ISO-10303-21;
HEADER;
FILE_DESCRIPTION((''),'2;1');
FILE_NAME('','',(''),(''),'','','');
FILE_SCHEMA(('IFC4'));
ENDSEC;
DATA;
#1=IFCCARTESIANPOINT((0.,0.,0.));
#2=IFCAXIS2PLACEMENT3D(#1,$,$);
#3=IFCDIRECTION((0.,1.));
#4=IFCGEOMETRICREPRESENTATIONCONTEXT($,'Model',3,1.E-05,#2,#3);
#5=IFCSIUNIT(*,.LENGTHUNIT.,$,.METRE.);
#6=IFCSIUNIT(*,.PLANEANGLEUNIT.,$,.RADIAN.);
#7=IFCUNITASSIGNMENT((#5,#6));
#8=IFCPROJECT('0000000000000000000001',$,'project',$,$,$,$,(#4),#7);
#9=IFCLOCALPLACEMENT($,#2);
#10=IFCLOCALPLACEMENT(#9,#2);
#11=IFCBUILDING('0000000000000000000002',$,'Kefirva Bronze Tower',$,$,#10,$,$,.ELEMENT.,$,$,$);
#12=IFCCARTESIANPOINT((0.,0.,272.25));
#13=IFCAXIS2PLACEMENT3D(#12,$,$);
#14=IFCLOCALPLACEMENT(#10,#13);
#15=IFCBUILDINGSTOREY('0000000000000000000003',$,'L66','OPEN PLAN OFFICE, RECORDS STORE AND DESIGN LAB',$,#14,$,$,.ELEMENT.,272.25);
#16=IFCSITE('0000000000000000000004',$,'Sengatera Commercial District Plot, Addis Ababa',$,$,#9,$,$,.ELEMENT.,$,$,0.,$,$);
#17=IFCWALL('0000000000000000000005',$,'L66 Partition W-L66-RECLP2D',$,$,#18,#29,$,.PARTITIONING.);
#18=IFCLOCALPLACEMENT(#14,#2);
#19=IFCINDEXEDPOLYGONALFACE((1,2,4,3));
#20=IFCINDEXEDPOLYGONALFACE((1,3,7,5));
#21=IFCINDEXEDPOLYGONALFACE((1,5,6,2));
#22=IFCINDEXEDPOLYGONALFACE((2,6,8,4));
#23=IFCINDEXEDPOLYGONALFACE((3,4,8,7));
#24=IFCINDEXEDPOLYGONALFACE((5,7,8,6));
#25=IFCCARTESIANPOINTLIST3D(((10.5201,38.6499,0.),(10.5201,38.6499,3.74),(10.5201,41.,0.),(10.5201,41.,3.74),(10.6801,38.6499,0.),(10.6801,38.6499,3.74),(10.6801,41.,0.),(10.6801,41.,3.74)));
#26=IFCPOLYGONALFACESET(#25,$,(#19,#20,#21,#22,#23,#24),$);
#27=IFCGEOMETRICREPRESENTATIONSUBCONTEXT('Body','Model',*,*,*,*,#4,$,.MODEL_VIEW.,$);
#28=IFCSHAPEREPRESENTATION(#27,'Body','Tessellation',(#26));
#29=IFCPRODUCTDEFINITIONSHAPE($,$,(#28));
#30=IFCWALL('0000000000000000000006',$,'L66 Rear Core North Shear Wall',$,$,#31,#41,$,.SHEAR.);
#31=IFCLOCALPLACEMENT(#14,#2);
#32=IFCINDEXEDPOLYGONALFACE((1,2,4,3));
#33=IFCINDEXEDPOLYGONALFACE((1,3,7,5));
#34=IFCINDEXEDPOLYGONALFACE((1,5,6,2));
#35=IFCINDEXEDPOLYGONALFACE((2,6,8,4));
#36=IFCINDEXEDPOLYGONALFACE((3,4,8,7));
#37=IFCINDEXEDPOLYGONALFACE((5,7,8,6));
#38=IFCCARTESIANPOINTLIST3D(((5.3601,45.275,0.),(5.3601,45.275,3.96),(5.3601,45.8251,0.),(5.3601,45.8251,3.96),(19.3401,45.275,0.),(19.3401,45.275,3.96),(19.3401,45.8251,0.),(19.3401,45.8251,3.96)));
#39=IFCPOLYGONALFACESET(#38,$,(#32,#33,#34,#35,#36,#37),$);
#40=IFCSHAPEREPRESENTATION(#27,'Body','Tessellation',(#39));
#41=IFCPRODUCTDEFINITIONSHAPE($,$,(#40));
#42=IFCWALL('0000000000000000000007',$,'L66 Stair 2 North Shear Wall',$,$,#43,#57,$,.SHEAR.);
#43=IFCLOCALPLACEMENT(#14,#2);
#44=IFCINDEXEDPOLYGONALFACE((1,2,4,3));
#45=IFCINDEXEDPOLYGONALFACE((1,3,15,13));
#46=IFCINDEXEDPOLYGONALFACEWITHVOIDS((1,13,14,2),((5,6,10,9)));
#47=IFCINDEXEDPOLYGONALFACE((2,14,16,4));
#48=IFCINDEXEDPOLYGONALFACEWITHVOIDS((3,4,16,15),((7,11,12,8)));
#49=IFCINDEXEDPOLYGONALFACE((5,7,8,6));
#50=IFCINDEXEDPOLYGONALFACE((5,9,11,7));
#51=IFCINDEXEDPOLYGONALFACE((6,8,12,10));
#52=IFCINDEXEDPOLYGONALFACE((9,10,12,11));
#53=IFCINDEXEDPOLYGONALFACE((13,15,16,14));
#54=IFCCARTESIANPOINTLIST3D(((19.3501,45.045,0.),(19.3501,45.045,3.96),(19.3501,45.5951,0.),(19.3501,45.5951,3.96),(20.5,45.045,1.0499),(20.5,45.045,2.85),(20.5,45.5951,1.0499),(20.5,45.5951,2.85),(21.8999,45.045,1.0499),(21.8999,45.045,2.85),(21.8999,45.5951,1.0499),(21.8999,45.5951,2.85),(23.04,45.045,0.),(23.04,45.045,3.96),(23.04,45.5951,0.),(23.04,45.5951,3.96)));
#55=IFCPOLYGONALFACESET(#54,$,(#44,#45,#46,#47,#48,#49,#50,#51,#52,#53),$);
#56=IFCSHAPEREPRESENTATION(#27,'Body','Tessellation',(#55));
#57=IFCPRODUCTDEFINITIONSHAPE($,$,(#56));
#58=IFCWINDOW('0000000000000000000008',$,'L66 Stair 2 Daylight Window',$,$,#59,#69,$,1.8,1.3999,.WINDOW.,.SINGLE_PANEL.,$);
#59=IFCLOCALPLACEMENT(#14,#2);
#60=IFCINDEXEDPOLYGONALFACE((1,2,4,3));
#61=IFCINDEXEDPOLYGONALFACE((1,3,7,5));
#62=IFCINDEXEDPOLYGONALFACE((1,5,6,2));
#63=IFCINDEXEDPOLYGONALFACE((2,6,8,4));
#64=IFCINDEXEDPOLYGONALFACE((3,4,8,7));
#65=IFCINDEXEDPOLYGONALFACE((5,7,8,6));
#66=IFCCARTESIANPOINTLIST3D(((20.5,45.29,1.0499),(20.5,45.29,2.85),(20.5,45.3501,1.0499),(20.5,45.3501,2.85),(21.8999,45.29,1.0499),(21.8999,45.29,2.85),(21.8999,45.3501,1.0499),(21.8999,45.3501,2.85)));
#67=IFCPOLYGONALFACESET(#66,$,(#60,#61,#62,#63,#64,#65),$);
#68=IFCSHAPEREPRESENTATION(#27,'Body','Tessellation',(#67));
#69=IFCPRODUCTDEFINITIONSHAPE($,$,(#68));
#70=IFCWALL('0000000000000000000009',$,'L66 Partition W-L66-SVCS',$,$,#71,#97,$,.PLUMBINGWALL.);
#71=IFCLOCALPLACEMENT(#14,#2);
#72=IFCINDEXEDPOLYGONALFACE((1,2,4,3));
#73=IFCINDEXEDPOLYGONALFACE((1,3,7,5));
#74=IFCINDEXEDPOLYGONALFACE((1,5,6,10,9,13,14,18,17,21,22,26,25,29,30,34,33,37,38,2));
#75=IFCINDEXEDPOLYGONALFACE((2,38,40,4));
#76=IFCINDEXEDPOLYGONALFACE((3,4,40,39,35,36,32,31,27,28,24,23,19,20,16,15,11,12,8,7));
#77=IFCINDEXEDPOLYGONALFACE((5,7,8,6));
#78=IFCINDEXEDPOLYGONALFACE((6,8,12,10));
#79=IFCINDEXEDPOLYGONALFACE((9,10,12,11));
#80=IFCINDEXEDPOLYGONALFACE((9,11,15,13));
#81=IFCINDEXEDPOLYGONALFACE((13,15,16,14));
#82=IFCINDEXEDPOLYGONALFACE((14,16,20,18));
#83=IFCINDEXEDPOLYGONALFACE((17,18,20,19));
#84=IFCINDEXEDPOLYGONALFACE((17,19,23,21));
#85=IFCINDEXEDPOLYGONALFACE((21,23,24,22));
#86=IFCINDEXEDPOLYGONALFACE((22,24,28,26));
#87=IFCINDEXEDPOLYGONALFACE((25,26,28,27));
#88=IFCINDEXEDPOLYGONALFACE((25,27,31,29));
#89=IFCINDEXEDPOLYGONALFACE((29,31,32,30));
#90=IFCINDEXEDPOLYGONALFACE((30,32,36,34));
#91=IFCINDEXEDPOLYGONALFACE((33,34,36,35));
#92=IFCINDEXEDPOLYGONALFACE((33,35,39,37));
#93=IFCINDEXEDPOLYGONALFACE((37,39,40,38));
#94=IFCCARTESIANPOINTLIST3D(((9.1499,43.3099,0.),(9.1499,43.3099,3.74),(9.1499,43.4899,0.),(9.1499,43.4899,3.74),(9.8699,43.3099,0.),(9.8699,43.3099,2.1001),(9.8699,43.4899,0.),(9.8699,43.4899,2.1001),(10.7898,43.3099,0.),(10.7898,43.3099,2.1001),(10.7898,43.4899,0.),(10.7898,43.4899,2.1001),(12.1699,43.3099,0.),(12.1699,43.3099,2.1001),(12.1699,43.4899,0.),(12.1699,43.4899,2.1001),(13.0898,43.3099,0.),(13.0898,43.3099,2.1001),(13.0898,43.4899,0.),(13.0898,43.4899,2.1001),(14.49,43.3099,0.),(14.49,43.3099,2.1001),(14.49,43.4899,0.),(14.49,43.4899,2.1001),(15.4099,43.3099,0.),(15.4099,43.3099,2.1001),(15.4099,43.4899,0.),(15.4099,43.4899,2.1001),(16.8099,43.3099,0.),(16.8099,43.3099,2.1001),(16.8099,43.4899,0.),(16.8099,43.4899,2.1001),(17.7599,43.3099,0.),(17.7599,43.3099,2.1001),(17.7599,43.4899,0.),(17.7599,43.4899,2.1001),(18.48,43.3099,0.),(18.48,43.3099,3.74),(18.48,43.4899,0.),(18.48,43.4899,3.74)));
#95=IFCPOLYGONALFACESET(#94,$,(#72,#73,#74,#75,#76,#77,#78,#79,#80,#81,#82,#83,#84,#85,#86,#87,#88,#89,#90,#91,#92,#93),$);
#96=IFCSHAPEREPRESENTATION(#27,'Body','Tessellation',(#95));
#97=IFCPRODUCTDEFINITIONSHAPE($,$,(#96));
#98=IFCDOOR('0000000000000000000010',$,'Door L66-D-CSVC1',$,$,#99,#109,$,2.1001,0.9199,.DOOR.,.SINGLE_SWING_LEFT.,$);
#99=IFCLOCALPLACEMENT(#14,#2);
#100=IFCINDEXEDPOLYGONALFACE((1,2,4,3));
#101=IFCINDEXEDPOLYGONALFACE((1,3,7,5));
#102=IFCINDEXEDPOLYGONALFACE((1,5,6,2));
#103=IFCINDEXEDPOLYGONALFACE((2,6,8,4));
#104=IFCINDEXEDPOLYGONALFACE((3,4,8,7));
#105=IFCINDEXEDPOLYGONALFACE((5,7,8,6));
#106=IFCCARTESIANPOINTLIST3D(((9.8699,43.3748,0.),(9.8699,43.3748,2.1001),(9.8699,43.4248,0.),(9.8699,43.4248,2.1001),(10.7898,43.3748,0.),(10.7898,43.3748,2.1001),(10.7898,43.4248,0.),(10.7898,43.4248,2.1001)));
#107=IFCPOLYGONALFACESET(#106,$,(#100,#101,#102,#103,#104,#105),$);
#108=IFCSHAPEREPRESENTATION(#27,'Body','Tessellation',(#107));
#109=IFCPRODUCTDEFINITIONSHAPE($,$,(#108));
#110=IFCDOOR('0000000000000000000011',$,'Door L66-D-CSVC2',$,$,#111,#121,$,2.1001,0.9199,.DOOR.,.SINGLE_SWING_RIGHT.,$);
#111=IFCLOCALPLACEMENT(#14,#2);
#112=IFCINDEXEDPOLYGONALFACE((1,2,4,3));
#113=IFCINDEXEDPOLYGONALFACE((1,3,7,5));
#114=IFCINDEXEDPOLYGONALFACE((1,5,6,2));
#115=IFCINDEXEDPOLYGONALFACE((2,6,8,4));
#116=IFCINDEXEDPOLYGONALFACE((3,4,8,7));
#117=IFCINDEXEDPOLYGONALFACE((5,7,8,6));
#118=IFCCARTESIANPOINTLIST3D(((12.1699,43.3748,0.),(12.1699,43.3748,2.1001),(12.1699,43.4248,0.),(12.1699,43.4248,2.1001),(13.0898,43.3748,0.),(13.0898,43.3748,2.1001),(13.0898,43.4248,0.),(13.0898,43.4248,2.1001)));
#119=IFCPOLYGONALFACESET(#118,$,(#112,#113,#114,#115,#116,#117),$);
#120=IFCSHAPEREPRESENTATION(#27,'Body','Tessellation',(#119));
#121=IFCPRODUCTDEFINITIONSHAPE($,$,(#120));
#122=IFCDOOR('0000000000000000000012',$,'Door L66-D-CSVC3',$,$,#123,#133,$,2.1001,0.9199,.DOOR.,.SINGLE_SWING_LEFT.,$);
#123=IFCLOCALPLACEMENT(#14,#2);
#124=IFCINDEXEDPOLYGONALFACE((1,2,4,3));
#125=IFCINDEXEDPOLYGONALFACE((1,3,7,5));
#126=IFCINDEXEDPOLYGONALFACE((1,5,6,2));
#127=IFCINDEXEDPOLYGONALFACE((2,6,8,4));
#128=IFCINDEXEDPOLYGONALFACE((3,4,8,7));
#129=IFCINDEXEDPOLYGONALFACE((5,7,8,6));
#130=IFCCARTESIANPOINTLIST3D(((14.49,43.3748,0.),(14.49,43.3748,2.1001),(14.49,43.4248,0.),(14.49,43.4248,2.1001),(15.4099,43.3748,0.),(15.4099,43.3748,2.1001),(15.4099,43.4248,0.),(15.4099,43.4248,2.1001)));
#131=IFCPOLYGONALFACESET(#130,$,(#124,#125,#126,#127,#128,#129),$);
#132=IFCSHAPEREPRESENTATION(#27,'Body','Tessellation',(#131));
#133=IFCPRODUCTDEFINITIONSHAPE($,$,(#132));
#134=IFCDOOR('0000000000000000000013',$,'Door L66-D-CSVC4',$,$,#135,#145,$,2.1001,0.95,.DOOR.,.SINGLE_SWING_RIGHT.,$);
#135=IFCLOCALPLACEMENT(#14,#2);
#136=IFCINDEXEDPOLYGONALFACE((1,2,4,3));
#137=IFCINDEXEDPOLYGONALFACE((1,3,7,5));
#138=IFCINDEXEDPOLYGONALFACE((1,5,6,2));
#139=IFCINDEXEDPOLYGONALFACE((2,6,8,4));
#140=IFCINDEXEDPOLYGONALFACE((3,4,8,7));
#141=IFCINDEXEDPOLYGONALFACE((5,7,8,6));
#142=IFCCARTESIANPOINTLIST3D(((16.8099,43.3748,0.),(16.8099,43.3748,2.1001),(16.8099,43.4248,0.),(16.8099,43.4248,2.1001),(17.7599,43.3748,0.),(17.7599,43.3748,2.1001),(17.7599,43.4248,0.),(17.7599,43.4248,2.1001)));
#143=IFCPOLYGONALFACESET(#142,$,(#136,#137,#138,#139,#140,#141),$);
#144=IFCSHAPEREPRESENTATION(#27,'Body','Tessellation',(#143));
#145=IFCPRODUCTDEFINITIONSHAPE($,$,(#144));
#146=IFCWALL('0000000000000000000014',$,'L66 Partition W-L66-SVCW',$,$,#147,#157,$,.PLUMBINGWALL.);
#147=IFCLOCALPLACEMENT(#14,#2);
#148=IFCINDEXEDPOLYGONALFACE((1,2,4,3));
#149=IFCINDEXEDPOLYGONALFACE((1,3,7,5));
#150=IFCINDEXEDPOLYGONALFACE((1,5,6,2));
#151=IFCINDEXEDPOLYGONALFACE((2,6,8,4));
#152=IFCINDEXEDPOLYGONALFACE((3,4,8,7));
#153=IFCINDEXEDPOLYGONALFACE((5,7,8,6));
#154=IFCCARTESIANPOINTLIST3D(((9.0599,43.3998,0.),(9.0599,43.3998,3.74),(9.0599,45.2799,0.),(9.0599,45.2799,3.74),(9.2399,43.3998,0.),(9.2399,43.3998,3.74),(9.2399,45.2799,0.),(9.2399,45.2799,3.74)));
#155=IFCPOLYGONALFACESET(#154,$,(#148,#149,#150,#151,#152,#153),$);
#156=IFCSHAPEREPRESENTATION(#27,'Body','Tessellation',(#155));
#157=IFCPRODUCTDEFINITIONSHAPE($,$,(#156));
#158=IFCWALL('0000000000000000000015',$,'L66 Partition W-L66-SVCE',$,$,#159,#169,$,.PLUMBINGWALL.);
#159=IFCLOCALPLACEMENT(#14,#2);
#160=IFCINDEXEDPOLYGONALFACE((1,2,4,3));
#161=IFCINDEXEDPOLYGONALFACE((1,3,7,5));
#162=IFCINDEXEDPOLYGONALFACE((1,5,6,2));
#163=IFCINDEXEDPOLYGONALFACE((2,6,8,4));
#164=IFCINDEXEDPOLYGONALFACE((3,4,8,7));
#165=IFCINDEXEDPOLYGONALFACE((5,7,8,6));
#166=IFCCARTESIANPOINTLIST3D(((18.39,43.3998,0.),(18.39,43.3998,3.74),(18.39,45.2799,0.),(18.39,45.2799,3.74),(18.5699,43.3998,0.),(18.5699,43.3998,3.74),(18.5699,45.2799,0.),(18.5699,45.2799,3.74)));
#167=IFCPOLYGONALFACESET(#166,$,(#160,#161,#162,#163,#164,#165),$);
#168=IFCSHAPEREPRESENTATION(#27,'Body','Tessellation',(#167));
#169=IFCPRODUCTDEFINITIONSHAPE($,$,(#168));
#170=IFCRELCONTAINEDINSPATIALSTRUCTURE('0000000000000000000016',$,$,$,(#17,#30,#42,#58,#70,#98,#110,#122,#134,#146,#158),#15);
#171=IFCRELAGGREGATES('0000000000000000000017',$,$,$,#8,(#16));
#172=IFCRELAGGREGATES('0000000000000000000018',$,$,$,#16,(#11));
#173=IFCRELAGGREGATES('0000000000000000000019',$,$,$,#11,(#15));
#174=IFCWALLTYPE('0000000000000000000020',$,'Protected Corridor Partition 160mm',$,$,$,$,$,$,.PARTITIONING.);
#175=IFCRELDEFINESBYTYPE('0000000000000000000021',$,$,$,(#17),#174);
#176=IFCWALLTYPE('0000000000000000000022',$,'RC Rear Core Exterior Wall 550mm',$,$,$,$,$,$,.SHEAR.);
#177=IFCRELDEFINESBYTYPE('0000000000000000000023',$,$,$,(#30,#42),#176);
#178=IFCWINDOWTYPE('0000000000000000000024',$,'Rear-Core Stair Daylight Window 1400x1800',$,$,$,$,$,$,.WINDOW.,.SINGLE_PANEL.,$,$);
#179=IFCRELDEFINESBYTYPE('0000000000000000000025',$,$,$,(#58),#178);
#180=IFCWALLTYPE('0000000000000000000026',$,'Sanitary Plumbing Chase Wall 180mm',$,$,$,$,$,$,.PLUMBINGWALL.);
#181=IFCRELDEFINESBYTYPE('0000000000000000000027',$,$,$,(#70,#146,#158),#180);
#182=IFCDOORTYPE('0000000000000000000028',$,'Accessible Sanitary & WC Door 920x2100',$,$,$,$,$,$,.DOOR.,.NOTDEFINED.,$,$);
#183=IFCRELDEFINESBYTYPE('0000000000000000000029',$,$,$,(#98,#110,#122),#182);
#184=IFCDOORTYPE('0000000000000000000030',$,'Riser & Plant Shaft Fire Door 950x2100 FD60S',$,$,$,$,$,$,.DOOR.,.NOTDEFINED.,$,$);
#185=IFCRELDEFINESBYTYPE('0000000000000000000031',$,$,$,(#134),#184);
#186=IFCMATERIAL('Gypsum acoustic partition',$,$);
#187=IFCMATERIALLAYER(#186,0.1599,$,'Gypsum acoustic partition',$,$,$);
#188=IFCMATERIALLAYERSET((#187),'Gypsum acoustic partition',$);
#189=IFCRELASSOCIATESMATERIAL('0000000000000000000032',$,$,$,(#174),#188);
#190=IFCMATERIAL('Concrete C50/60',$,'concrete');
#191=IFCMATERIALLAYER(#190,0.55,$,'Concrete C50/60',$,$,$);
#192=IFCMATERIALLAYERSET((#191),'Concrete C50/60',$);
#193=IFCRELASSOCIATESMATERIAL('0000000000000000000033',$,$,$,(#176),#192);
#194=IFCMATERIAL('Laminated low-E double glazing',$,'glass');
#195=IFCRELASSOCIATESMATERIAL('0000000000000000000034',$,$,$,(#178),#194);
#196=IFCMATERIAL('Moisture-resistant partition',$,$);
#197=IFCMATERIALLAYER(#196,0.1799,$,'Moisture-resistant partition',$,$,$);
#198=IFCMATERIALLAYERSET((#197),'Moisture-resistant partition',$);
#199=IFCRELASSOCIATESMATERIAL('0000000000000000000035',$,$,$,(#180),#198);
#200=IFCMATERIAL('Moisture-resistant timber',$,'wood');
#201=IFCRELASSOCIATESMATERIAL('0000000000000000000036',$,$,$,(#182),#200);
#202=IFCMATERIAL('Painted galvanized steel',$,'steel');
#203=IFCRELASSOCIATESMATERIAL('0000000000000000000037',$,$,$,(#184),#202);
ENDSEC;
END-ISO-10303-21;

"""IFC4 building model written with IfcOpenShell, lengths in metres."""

from ifc_helpers import new_model, si_unit, direction, frame, frame_2d, origin, place, context, subcontext, project, spatial, rectangle, extrude, material, layer, layer_set, type_object, element, fill, save


model = new_model("IFC4")

# Units and contexts
model_context = context("Model", 3, precision=1e-05, world=origin(), true_north=direction((0.0, 1.0)))
body_context = subcontext(model_context, "Body", "Model", "MODEL_VIEW")
ifc_project = project(units=[si_unit("LENGTHUNIT", "METRE"), si_unit("PLANEANGLEUNIT", "RADIAN")], contexts=[model_context])

# Site, building, storey
site_placement = place(None, origin())
site = spatial("IfcSite", under=ifc_project, at=site_placement, Name="Sengatera Commercial District Plot, Addis Ababa", CompositionType="ELEMENT", RefElevation=0.0)
building_placement = place(site_placement, origin())
building = spatial("IfcBuilding", under=site, at=building_placement, Name="Kefirva Bronze Tower", CompositionType="ELEMENT")
storey_placement = place(building_placement, frame((0.0, 0.0, 272.25)))
storey = spatial("IfcBuildingStorey", under=building, at=storey_placement, Name="L66", Description="OPEN PLAN OFFICE, RECORDS STORE AND DESIGN LAB", CompositionType="ELEMENT", Elevation=272.25)

# Shared definitions
ifc_material_1 = material(Name="Concrete C50/60", Category="concrete")

# Shared definitions
ifc_material_2 = material(Name="Gypsum acoustic partition")

# Walls
ifc_layer_1 = layer(ifc_material_2, 0.1599, Name="Gypsum acoustic partition")
ifc_layer_set_1 = layer_set([ifc_layer_1], Name="Gypsum acoustic partition")
wall_type_1 = type_object("IfcWallType", Name="Protected Corridor Partition 160mm", PredefinedType="PARTITIONING", material=ifc_layer_set_1)
wall_1_placement = place(storey_placement, frame((10.6001, 38.6499, 0.0), z_axis=(0.0, 0.0, 1.0), x_axis=(0.0, 1.0, 0.0)))
element("IfcWall", 1, at=wall_1_placement, inside=storey, type_object=wall_type_1, Name="L66 Partition W-L66-RECLP2D", PredefinedType="PARTITIONING", context=body_context, shape_type="SweptSolid", body=[
    extrude(rectangle(XDim=2.3501, YDim=0.1599, at=frame_2d((1.175, 0.0))), origin(), (0.0, 0.0, 1.0), 3.74),
])
ifc_layer_2 = layer(ifc_material_1, 0.55, Name="Concrete C50/60")
ifc_layer_set_2 = layer_set([ifc_layer_2], Name="Concrete C50/60")
wall_type_2 = type_object("IfcWallType", Name="RC Rear Core Exterior Wall 550mm", PredefinedType="SHEAR", material=ifc_layer_set_2)
wall_2_placement = place(storey_placement, frame((5.3601, 45.55, 0.0), z_axis=(0.0, 0.0, 1.0), x_axis=(1.0, 0.0, 0.0)))
element("IfcWall", 2, at=wall_2_placement, inside=storey, type_object=wall_type_2, Name="L66 Rear Core North Shear Wall", PredefinedType="SHEAR", context=body_context, shape_type="SweptSolid", body=[
    extrude(rectangle(XDim=13.98, YDim=0.55, at=frame_2d((6.99, 0.0))), origin(), (0.0, 0.0, 1.0), 3.96),
])

# Wall, opening, window
wall_3_placement = place(storey_placement, frame((19.3501, 45.3201, 0.0), z_axis=(0.0, 0.0, 1.0), x_axis=(1.0, 0.0, 0.0)))
wall_3 = element("IfcWall", 3, at=wall_3_placement, inside=storey, type_object=wall_type_2, Name="L66 Stair 2 North Shear Wall", PredefinedType="SHEAR", context=body_context, shape_type="SweptSolid", body=[
    extrude(rectangle(XDim=3.6899, YDim=0.55, at=frame_2d((1.845, 0.0))), origin(), (0.0, 0.0, 1.0), 3.96),
])
opening_1_placement = place(wall_3_placement, frame((1.1499, 0.0, 1.05)))
opening_1 = element("IfcOpeningElement", 4, at=opening_1_placement, cuts=wall_3, PredefinedType="OPENING", context=body_context, shape_type="SweptSolid", body=[
    extrude(rectangle(XDim=1.3999, YDim=1.8, at=frame_2d((0.7, 0.8999))), frame((0.0, 0.2852, 0.0), z_axis=(0.0, -1.0, 0.0), x_axis=(1.0, 0.0, 0.0)), (0.0, 0.0, 1.0), 0.5701),
])
ifc_material_3 = material(Name="Laminated low-E double glazing", Category="glass")
window_type = type_object("IfcWindowType", Name="Rear-Core Stair Daylight Window 1400x1800", PartitioningType="SINGLE_PANEL", PredefinedType="WINDOW", material=ifc_material_3)
window_placement = place(opening_1_placement, origin())
window = element("IfcWindow", 5, at=window_placement, inside=storey, type_object=window_type, Name="L66 Stair 2 Daylight Window", OverallHeight=1.8, OverallWidth=1.3999, PartitioningType="SINGLE_PANEL", PredefinedType="WINDOW", context=body_context, shape_type="SweptSolid", body=[
    extrude(rectangle(XDim=1.3999, YDim=1.8, at=frame_2d((0.7, 0.8999))), frame((0.0, 0.03, 0.0), z_axis=(0.0, -1.0, 0.0), x_axis=(1.0, 0.0, 0.0)), (0.0, 0.0, 1.0), 0.0601),
])
fill(opening_1, window)

# Wall, openings, doors
ifc_material_4 = material(Name="Moisture-resistant partition")
ifc_layer_3 = layer(ifc_material_4, 0.1799, Name="Moisture-resistant partition")
ifc_layer_set_3 = layer_set([ifc_layer_3], Name="Moisture-resistant partition")
wall_type_3 = type_object("IfcWallType", Name="Sanitary Plumbing Chase Wall 180mm", PredefinedType="PLUMBINGWALL", material=ifc_layer_set_3)
wall_4_placement = place(storey_placement, frame((9.1499, 43.3999, 0.0), z_axis=(0.0, 0.0, 1.0), x_axis=(1.0, 0.0, 0.0)))
wall_4 = element("IfcWall", 6, at=wall_4_placement, inside=storey, type_object=wall_type_3, Name="L66 Partition W-L66-SVCS", PredefinedType="PLUMBINGWALL", context=body_context, shape_type="SweptSolid", body=[
    extrude(rectangle(XDim=9.3301, YDim=0.1799, at=frame_2d((4.665, 0.0))), origin(), (0.0, 0.0, 1.0), 3.74),
])
opening_2_placement = place(wall_4_placement, frame((0.72, 0.0, 0.0)))
opening_2 = element("IfcOpeningElement", 7, at=opening_2_placement, cuts=wall_4, PredefinedType="OPENING", context=body_context, shape_type="SweptSolid", body=[
    extrude(rectangle(XDim=0.9199, YDim=2.1001, at=frame_2d((0.46, 1.05))), frame((0.0, 0.1001, 0.0), z_axis=(0.0, -1.0, 0.0), x_axis=(1.0, 0.0, 0.0)), (0.0, 0.0, 1.0), 0.2),
])
opening_3_placement = place(wall_4_placement, frame((3.02, 0.0, 0.0)))
opening_3 = element("IfcOpeningElement", 8, at=opening_3_placement, cuts=wall_4, PredefinedType="OPENING", context=body_context, shape_type="SweptSolid", body=[
    extrude(rectangle(XDim=0.9199, YDim=2.1001, at=frame_2d((0.46, 1.05))), frame((0.0, 0.1001, 0.0), z_axis=(0.0, -1.0, 0.0), x_axis=(1.0, 0.0, 0.0)), (0.0, 0.0, 1.0), 0.2),
])
opening_4_placement = place(wall_4_placement, frame((5.3401, 0.0, 0.0)))
opening_4 = element("IfcOpeningElement", 9, at=opening_4_placement, cuts=wall_4, PredefinedType="OPENING", context=body_context, shape_type="SweptSolid", body=[
    extrude(rectangle(XDim=0.9199, YDim=2.1001, at=frame_2d((0.46, 1.05))), frame((0.0, 0.1001, 0.0), z_axis=(0.0, -1.0, 0.0), x_axis=(1.0, 0.0, 0.0)), (0.0, 0.0, 1.0), 0.2),
])
opening_5_placement = place(wall_4_placement, frame((7.6599, 0.0, 0.0)))
opening_5 = element("IfcOpeningElement", 10, at=opening_5_placement, cuts=wall_4, PredefinedType="OPENING", context=body_context, shape_type="SweptSolid", body=[
    extrude(rectangle(XDim=0.95, YDim=2.1001, at=frame_2d((0.4751, 1.05))), frame((0.0, 0.1001, 0.0), z_axis=(0.0, -1.0, 0.0), x_axis=(1.0, 0.0, 0.0)), (0.0, 0.0, 1.0), 0.2),
])
ifc_material_5 = material(Name="Moisture-resistant timber", Category="wood")
door_type_1 = type_object("IfcDoorType", Name="Accessible Sanitary & WC Door 920x2100", OperationType="NOTDEFINED", PredefinedType="DOOR", material=ifc_material_5)
door_1_placement = place(opening_2_placement, origin())
door_1 = element("IfcDoor", 11, at=door_1_placement, inside=storey, type_object=door_type_1, Name="Door L66-D-CSVC1", OperationType="SINGLE_SWING_LEFT", OverallHeight=2.1001, OverallWidth=0.9199, PredefinedType="DOOR", context=body_context, shape_type="SweptSolid", body=[
    extrude(rectangle(XDim=0.9199, YDim=2.1001, at=frame_2d((0.46, 1.05))), frame((0.0, 0.0249, 0.0), z_axis=(0.0, -1.0, 0.0), x_axis=(1.0, 0.0, 0.0)), (0.0, 0.0, 1.0), 0.05),
])
fill(opening_2, door_1)
door_2_placement = place(opening_3_placement, origin())
door_2 = element("IfcDoor", 12, at=door_2_placement, inside=storey, type_object=door_type_1, Name="Door L66-D-CSVC2", OperationType="SINGLE_SWING_RIGHT", OverallHeight=2.1001, OverallWidth=0.9199, PredefinedType="DOOR", context=body_context, shape_type="SweptSolid", body=[
    extrude(rectangle(XDim=0.9199, YDim=2.1001, at=frame_2d((0.46, 1.05))), frame((0.0, 0.0249, 0.0), z_axis=(0.0, -1.0, 0.0), x_axis=(1.0, 0.0, 0.0)), (0.0, 0.0, 1.0), 0.05),
])
fill(opening_3, door_2)
door_3_placement = place(opening_4_placement, origin())
door_3 = element("IfcDoor", 13, at=door_3_placement, inside=storey, type_object=door_type_1, Name="Door L66-D-CSVC3", OperationType="SINGLE_SWING_LEFT", OverallHeight=2.1001, OverallWidth=0.9199, PredefinedType="DOOR", context=body_context, shape_type="SweptSolid", body=[
    extrude(rectangle(XDim=0.9199, YDim=2.1001, at=frame_2d((0.46, 1.05))), frame((0.0, 0.0249, 0.0), z_axis=(0.0, -1.0, 0.0), x_axis=(1.0, 0.0, 0.0)), (0.0, 0.0, 1.0), 0.05),
])
fill(opening_4, door_3)
ifc_material_6 = material(Name="Painted galvanized steel", Category="steel")
door_type_2 = type_object("IfcDoorType", Name="Riser & Plant Shaft Fire Door 950x2100 FD60S", OperationType="NOTDEFINED", PredefinedType="DOOR", material=ifc_material_6)
door_4_placement = place(opening_5_placement, origin())
door_4 = element("IfcDoor", 14, at=door_4_placement, inside=storey, type_object=door_type_2, Name="Door L66-D-CSVC4", OperationType="SINGLE_SWING_RIGHT", OverallHeight=2.1001, OverallWidth=0.95, PredefinedType="DOOR", context=body_context, shape_type="SweptSolid", body=[
    extrude(rectangle(XDim=0.95, YDim=2.1001, at=frame_2d((0.4751, 1.05))), frame((0.0, 0.0249, 0.0), z_axis=(0.0, -1.0, 0.0), x_axis=(1.0, 0.0, 0.0)), (0.0, 0.0, 1.0), 0.05),
])
fill(opening_5, door_4)

# Walls
for number, where, z_axis, x_axis, name in (
    (15, (9.1499, 43.3999, 0.0), (0.0, 0.0, 1.0), (0.0, 1.0, 0.0), "L66 Partition W-L66-SVCW"),
    (16, (18.48, 43.3999, 0.0), (0.0, 0.0, 1.0), (0.0, 1.0, 0.0), "L66 Partition W-L66-SVCE"),
):
    element("IfcWall", number, at=place(storey_placement, frame(where, z_axis=z_axis, x_axis=x_axis)), inside=storey, type_object=wall_type_3, Name=name, PredefinedType="PLUMBINGWALL", context=body_context, shape_type="SweptSolid", body=[
        extrude(rectangle(XDim=1.8801, YDim=0.1799, at=frame_2d((0.9399, 0.0))), origin(), (0.0, 0.0, 1.0), 3.74),
    ])

save(model, "model.ifc")
